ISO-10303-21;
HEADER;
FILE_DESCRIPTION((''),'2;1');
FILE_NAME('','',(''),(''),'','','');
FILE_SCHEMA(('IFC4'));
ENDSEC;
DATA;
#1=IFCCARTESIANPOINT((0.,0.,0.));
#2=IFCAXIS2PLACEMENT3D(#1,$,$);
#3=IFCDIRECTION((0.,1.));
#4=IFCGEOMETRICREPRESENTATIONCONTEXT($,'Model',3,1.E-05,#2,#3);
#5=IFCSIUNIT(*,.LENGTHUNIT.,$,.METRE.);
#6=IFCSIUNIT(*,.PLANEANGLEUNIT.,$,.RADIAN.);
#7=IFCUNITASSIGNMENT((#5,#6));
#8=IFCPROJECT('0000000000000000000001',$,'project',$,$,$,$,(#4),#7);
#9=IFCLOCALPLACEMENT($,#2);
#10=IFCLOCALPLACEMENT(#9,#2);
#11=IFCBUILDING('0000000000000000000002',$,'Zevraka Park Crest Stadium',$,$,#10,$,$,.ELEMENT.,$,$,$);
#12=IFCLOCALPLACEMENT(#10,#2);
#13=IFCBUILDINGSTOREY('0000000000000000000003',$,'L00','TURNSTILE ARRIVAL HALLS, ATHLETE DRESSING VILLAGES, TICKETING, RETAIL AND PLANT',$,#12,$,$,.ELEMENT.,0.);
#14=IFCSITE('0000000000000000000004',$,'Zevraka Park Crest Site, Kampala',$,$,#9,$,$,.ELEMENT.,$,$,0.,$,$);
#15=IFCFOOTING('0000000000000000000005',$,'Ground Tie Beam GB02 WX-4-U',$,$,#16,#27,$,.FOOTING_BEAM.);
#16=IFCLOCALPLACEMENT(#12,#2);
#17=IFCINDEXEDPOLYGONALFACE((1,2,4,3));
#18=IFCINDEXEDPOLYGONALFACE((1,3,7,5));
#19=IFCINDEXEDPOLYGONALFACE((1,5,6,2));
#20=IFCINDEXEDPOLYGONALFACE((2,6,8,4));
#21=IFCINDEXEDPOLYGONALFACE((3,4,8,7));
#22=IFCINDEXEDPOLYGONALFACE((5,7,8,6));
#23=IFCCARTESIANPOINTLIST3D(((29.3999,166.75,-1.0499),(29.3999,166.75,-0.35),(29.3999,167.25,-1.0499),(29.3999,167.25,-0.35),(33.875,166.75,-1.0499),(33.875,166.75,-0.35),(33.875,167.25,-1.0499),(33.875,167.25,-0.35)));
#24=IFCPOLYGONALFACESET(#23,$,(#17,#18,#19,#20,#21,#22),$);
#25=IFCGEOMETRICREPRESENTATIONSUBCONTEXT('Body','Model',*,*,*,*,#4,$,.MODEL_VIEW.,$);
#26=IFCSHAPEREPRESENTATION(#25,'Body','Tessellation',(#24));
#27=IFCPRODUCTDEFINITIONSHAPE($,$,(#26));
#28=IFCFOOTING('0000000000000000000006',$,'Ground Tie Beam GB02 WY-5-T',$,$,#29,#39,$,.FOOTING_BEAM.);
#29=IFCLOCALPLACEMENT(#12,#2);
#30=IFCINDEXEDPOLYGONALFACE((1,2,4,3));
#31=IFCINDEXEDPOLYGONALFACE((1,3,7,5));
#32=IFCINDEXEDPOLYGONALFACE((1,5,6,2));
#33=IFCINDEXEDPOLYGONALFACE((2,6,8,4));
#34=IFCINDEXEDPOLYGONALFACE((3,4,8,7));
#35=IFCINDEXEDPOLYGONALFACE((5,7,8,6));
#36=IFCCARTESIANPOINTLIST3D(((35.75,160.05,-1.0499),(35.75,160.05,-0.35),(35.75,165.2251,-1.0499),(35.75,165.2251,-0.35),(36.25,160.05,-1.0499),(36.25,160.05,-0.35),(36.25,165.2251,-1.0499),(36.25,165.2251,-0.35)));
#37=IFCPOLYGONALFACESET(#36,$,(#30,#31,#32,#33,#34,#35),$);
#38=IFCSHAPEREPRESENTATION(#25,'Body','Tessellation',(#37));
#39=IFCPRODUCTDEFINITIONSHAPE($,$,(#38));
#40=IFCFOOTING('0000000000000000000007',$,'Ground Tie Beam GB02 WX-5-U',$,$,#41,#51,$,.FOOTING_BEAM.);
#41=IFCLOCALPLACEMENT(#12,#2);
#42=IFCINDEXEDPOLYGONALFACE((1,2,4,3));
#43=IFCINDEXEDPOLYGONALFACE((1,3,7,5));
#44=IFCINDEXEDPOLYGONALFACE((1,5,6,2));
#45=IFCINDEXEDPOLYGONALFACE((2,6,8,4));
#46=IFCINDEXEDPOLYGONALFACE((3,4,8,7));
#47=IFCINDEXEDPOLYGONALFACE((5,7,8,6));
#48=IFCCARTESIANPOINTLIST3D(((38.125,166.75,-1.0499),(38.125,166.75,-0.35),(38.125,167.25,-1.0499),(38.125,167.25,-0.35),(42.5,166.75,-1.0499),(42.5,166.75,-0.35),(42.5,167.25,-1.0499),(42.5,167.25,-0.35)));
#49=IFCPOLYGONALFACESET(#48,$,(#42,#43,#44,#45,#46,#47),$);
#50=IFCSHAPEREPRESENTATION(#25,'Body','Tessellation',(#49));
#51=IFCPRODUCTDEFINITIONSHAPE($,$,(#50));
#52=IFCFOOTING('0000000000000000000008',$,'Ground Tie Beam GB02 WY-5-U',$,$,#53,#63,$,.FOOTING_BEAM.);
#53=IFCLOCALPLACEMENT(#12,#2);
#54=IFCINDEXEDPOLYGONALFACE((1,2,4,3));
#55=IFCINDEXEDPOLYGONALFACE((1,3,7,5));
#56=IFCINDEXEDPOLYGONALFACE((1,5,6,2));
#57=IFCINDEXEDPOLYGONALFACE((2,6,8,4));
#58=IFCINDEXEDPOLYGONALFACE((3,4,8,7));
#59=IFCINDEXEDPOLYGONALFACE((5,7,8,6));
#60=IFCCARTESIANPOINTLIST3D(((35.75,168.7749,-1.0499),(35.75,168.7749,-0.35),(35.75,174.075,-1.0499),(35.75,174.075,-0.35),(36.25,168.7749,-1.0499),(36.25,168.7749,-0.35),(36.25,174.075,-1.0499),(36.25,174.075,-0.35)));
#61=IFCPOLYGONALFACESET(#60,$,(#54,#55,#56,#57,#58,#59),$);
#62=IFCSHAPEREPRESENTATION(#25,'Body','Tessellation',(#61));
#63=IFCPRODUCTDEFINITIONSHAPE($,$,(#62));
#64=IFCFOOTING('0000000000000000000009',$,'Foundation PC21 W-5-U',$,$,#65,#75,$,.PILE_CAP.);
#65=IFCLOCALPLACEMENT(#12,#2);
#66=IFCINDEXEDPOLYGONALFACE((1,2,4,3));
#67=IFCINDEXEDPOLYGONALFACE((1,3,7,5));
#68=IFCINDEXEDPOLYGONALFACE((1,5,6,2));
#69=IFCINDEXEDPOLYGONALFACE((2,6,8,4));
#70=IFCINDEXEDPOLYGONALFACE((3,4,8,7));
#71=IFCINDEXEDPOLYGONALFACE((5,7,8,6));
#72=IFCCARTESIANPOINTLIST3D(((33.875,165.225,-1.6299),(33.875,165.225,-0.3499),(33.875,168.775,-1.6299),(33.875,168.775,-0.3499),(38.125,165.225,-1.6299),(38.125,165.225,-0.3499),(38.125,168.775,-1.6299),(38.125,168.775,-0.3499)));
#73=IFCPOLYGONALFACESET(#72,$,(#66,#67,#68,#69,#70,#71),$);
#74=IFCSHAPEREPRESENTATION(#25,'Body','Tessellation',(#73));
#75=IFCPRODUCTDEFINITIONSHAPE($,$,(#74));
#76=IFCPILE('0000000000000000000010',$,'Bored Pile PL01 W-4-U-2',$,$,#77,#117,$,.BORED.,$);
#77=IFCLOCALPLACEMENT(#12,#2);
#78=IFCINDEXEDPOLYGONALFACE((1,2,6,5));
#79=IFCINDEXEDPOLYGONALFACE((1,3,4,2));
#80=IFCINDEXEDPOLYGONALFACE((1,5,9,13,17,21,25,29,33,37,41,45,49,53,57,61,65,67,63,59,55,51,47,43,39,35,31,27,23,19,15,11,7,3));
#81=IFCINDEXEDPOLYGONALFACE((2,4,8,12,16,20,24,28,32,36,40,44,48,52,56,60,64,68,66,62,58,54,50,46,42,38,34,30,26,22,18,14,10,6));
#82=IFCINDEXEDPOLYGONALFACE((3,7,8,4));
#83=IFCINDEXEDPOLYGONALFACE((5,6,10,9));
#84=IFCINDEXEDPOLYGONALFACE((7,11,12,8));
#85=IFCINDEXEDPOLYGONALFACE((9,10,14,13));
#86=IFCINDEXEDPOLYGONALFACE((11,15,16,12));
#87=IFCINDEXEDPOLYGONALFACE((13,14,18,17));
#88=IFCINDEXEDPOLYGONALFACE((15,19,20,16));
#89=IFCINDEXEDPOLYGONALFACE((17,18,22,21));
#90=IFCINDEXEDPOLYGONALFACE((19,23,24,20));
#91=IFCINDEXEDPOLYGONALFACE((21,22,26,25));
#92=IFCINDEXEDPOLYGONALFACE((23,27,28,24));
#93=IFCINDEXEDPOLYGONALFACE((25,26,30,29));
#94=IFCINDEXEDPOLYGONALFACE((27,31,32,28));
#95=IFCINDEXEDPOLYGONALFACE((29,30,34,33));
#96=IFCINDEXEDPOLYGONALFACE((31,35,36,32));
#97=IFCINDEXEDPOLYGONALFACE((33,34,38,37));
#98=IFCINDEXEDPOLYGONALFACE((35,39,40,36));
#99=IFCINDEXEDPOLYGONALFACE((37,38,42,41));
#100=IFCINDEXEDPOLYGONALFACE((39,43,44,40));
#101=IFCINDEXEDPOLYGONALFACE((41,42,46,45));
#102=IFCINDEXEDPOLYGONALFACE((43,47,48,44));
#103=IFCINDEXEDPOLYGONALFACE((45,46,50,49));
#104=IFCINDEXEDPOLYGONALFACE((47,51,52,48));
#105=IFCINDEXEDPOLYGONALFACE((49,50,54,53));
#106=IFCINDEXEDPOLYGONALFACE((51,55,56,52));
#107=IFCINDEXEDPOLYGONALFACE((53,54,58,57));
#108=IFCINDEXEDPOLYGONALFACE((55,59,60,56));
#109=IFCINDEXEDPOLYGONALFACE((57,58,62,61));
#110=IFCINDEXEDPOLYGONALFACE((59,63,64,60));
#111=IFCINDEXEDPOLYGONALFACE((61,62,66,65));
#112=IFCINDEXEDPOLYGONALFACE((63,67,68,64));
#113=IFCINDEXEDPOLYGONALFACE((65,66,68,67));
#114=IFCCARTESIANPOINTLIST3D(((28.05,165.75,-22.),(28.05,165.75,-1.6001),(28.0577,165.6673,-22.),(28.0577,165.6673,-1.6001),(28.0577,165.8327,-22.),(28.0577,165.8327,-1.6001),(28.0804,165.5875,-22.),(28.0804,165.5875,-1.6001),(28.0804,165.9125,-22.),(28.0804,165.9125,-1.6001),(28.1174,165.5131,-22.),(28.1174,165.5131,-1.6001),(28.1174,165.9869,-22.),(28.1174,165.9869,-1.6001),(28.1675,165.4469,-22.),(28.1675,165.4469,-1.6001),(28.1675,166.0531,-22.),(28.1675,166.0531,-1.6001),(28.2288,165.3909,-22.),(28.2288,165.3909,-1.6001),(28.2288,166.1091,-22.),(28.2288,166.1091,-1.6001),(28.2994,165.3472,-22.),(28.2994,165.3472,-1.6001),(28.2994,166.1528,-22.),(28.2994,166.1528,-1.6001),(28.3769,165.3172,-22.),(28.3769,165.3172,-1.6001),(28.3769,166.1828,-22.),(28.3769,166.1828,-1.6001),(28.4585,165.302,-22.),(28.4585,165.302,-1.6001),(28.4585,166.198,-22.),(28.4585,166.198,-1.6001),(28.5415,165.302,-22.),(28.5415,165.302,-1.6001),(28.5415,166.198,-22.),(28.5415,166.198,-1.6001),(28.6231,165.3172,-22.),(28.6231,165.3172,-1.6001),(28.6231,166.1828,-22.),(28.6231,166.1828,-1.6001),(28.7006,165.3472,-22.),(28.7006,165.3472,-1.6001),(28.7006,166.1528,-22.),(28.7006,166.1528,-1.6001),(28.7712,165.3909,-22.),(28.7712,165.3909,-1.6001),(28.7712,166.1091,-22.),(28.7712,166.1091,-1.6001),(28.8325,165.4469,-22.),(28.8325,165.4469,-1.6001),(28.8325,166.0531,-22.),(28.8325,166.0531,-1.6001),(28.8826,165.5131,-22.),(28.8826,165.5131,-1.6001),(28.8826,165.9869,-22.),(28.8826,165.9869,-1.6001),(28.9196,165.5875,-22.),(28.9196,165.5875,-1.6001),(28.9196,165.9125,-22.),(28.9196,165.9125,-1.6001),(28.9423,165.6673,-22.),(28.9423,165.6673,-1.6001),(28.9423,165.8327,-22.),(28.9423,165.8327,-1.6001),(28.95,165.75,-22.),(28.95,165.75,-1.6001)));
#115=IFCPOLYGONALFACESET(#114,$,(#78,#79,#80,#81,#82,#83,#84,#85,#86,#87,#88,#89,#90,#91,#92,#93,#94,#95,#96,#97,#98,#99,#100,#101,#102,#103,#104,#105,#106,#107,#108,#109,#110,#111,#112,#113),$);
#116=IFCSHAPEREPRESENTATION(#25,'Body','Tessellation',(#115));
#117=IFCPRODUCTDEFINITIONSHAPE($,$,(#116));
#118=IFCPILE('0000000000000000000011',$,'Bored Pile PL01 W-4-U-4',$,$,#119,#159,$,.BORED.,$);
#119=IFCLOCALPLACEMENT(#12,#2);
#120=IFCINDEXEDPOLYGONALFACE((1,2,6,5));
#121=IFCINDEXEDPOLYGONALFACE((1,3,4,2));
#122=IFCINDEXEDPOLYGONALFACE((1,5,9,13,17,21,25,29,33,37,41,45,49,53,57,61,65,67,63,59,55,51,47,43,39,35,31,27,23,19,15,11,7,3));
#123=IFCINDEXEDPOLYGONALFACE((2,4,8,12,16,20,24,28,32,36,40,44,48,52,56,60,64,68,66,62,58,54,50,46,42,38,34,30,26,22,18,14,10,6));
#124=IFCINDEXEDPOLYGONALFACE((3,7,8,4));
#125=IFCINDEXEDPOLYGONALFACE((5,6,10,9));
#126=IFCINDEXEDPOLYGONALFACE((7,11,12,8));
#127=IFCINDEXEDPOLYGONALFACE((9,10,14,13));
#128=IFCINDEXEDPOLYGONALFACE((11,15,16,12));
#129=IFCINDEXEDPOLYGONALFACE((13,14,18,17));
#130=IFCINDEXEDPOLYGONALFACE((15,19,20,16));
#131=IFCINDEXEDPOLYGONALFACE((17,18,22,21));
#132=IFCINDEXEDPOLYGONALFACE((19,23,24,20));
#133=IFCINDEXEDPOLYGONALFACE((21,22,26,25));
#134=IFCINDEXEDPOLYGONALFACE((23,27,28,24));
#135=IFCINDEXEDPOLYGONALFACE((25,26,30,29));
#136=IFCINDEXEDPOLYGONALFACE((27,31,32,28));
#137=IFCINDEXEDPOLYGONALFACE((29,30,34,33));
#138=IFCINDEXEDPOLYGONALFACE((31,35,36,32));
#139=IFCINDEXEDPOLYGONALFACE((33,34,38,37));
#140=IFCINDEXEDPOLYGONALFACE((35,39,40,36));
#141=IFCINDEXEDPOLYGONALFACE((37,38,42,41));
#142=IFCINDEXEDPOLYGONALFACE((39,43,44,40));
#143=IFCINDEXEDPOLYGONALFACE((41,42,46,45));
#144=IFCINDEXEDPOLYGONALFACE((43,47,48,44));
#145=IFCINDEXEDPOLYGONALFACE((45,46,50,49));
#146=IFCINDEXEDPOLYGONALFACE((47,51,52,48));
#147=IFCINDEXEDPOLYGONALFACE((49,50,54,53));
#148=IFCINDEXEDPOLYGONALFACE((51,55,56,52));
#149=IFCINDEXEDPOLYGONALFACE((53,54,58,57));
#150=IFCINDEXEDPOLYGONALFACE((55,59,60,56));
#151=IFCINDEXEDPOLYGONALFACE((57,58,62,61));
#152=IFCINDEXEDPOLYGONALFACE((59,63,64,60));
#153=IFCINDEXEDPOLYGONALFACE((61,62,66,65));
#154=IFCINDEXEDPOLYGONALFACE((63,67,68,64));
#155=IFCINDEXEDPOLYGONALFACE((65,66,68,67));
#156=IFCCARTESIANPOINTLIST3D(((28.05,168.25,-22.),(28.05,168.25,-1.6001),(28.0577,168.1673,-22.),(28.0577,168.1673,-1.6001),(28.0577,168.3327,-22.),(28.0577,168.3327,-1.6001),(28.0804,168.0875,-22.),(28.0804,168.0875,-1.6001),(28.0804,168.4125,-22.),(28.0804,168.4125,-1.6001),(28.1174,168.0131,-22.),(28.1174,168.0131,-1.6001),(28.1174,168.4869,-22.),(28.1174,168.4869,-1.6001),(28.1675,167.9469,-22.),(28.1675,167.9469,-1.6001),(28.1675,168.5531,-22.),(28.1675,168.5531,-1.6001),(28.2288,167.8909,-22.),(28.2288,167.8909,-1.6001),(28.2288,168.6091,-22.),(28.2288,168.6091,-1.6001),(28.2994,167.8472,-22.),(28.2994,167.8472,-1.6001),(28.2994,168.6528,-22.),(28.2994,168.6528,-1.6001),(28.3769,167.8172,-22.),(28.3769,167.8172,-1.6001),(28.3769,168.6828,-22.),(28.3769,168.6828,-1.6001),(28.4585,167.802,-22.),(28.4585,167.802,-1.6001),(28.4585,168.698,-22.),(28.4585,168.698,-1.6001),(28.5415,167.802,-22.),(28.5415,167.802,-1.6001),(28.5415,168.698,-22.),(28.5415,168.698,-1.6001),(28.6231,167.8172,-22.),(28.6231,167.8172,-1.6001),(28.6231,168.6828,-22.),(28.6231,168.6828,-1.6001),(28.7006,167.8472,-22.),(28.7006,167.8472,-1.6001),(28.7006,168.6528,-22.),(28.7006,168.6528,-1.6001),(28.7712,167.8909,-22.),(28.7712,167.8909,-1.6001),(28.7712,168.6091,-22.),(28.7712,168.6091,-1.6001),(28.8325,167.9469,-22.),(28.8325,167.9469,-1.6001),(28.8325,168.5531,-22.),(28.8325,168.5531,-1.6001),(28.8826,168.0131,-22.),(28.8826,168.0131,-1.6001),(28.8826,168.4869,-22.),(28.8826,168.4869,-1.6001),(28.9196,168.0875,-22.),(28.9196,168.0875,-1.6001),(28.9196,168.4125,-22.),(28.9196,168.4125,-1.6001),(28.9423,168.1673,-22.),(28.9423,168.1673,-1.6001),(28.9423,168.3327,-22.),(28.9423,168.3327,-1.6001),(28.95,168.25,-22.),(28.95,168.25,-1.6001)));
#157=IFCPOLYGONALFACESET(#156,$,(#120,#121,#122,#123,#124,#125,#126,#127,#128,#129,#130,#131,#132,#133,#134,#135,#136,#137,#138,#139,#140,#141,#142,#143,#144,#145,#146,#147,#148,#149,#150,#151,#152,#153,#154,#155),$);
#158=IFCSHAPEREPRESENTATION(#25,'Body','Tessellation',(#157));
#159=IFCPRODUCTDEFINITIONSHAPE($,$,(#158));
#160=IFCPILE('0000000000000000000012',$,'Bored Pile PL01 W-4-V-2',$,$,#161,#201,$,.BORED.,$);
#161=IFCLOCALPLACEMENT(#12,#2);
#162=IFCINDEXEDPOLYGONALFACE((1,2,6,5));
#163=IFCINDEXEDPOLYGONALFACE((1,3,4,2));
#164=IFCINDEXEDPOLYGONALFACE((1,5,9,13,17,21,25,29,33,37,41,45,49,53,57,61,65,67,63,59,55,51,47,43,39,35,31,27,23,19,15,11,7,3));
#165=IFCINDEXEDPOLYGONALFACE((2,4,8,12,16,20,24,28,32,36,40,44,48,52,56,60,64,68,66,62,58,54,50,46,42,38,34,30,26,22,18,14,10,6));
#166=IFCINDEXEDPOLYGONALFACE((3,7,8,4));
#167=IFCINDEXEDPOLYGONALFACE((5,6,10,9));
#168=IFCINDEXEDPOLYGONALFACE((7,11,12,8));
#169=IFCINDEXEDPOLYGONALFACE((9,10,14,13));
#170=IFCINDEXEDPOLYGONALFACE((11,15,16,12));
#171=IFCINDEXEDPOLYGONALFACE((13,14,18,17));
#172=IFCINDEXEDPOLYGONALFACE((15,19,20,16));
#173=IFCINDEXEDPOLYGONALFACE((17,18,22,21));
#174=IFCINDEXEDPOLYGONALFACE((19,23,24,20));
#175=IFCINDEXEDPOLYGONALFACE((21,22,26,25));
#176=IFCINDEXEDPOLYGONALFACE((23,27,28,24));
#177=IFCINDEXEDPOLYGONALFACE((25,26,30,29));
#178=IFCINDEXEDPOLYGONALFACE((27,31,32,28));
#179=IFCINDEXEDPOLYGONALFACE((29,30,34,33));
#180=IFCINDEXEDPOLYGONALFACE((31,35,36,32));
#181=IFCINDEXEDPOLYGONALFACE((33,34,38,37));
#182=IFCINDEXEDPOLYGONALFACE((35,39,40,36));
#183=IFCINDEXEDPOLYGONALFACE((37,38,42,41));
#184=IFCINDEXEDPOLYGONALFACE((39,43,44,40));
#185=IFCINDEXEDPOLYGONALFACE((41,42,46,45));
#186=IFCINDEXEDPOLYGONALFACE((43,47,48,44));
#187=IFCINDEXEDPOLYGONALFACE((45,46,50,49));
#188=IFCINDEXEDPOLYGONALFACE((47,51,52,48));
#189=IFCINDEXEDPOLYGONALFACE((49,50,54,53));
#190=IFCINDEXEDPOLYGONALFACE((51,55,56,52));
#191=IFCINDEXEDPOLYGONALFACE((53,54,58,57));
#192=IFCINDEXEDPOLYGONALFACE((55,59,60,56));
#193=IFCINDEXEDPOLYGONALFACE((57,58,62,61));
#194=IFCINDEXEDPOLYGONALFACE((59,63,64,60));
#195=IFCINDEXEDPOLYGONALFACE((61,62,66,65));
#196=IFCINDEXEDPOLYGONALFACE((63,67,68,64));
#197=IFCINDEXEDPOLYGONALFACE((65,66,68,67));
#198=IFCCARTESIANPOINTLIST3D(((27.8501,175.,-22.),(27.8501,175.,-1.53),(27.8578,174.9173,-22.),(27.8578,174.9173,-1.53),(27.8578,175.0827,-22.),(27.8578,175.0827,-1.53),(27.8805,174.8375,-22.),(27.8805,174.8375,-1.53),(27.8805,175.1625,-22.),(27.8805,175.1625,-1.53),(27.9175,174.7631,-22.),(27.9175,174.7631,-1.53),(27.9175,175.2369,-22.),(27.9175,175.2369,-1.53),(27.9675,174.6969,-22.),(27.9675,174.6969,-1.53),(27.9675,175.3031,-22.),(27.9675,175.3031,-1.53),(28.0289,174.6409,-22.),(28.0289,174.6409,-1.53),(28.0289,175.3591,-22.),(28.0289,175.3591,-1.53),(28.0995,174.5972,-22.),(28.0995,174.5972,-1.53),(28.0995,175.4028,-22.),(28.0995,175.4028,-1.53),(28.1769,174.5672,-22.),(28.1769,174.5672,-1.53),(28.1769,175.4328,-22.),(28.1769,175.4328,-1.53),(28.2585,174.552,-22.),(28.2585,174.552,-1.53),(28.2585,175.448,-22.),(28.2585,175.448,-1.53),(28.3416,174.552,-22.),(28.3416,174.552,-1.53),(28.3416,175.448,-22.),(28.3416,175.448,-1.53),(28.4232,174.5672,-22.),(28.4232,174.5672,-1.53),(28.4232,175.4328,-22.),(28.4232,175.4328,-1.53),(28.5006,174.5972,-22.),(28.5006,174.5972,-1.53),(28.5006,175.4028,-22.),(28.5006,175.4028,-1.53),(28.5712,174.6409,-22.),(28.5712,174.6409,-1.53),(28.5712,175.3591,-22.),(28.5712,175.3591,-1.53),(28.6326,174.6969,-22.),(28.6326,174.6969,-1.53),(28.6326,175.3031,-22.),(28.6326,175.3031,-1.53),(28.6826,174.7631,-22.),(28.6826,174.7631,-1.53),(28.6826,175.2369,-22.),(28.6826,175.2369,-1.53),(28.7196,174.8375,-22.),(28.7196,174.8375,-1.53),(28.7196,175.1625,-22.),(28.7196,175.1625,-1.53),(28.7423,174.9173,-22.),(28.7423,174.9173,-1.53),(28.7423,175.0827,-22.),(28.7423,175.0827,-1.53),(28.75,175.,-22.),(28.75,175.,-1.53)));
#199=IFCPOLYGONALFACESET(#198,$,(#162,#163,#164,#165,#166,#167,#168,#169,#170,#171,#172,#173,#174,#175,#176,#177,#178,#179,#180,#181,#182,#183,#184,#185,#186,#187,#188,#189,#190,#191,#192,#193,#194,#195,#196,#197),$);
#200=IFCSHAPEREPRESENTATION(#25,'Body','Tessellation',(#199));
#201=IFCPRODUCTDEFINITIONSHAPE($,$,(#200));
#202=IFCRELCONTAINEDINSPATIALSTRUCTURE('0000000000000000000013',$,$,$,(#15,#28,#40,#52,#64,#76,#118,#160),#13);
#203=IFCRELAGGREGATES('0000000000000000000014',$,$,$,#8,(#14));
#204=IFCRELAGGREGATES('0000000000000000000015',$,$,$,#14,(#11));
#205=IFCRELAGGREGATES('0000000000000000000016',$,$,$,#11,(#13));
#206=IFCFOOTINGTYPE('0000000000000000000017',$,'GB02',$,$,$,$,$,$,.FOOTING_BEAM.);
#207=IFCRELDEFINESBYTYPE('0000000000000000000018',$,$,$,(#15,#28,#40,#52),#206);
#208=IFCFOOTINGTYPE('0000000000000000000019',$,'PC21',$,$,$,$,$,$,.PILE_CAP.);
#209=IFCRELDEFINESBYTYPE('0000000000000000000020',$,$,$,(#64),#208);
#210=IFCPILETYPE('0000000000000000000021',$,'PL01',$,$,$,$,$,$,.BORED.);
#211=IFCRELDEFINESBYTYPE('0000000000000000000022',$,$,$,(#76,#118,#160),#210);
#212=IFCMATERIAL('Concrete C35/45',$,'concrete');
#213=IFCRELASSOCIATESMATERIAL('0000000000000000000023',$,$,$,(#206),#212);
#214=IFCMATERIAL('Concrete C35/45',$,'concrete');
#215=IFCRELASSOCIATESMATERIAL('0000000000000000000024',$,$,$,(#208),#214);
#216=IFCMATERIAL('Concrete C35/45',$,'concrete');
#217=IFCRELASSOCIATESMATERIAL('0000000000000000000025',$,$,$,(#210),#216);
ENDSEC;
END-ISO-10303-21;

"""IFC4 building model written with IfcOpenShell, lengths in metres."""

from ifc_helpers import new_model, si_unit, direction, frame, origin, origin_2d, place, context, subcontext, project, spatial, rectangle, circle, extrude, material, material_profile, profile_set, type_object, element, save


model = new_model("IFC4")

# Units and contexts
model_context = context("Model", 3, precision=1e-05, world=origin(), true_north=direction((0.0, 1.0)))
body_context = subcontext(model_context, "Body", "Model", "MODEL_VIEW")
ifc_project = project(units=[si_unit("LENGTHUNIT", "METRE"), si_unit("PLANEANGLEUNIT", "RADIAN")], contexts=[model_context])

# Site, building, storey
site_placement = place(None, origin())
site = spatial("IfcSite", under=ifc_project, at=site_placement, Name="Zevraka Park Crest Site, Kampala", CompositionType="ELEMENT", RefElevation=0.0)
building_placement = place(site_placement, origin())
building = spatial("IfcBuilding", under=site, at=building_placement, Name="Zevraka Park Crest Stadium", CompositionType="ELEMENT")
storey_placement = place(building_placement, origin())
storey = spatial("IfcBuildingStorey", under=building, at=storey_placement, Name="L00", Description="TURNSTILE ARRIVAL HALLS, ATHLETE DRESSING VILLAGES, TICKETING, RETAIL AND PLANT", CompositionType="ELEMENT", Elevation=0.0)

# Footings
ifc_material_1 = material(Name="Concrete C35/45", Category="concrete")
ifc_material_profile_1 = material_profile(ifc_material_1, rectangle(XDim=0.5, YDim=0.7, at=origin_2d()), Name="GB 700x500")
ifc_profile_set_1 = profile_set([ifc_material_profile_1], Name="Concrete C35/45")
footing_type_1 = type_object("IfcFootingType", Name="GB02", PredefinedType="FOOTING_BEAM", material=ifc_profile_set_1)
footing_1_placement = place(storey_placement, frame((29.3999, 167.0, -0.7), z_axis=(1.0, 0.0, 0.0), x_axis=(0.0, 1.0, 0.0)))
element("IfcFooting", 1, at=footing_1_placement, inside=storey, type_object=footing_type_1, Name="Ground Tie Beam GB02 WX-4-U", PredefinedType="FOOTING_BEAM", context=body_context, shape_type="SweptSolid", body=[
    extrude(rectangle(XDim=0.5, YDim=0.7, at=origin_2d()), origin(), (0.0, 0.0, 1.0), 4.4751),
])
footing_2_placement = place(storey_placement, frame((36.0, 160.05, -0.7), z_axis=(0.0, 1.0, 0.0), x_axis=(-1.0, 0.0, 0.0)))
element("IfcFooting", 2, at=footing_2_placement, inside=storey, type_object=footing_type_1, Name="Ground Tie Beam GB02 WY-5-T", PredefinedType="FOOTING_BEAM", context=body_context, shape_type="SweptSolid", body=[
    extrude(rectangle(XDim=0.5, YDim=0.7, at=origin_2d()), origin(), (0.0, 0.0, 1.0), 5.175),
])
footing_3_placement = place(storey_placement, frame((38.125, 167.0, -0.7), z_axis=(1.0, 0.0, 0.0), x_axis=(0.0, 1.0, 0.0)))
element("IfcFooting", 3, at=footing_3_placement, inside=storey, type_object=footing_type_1, Name="Ground Tie Beam GB02 WX-5-U", PredefinedType="FOOTING_BEAM", context=body_context, shape_type="SweptSolid", body=[
    extrude(rectangle(XDim=0.5, YDim=0.7, at=origin_2d()), origin(), (0.0, 0.0, 1.0), 4.375),
])
footing_4_placement = place(storey_placement, frame((36.0, 168.7749, -0.7), z_axis=(0.0, 1.0, 0.0), x_axis=(-1.0, 0.0, 0.0)))
element("IfcFooting", 4, at=footing_4_placement, inside=storey, type_object=footing_type_1, Name="Ground Tie Beam GB02 WY-5-U", PredefinedType="FOOTING_BEAM", context=body_context, shape_type="SweptSolid", body=[
    extrude(rectangle(XDim=0.5, YDim=0.7, at=origin_2d()), origin(), (0.0, 0.0, 1.0), 5.3),
])
ifc_material_2 = material(Name="Concrete C35/45", Category="concrete")
footing_type_2 = type_object("IfcFootingType", Name="PC21", PredefinedType="PILE_CAP", material=ifc_material_2)
footing_5_placement = place(storey_placement, frame((36.0, 167.0, -1.6299), z_axis=(0.0, 0.0, 1.0), x_axis=(1.0, 0.0, 0.0)))
element("IfcFooting", 5, at=footing_5_placement, inside=storey, type_object=footing_type_2, Name="Foundation PC21 W-5-U", PredefinedType="PILE_CAP", context=body_context, shape_type="SweptSolid", body=[
    extrude(rectangle(XDim=4.25, YDim=3.55, at=origin_2d()), origin(), (0.0, 0.0, 1.0), 1.28),
])

# Piles
ifc_material_3 = material(Name="Concrete C35/45", Category="concrete")
ifc_material_profile_2 = material_profile(ifc_material_3, circle(Radius=0.45, at=origin_2d()), Name="PILE D900")
ifc_profile_set_2 = profile_set([ifc_material_profile_2], Name="Concrete C35/45")
pile_type_1 = type_object("IfcPileType", Name="PL01", PredefinedType="BORED", material=ifc_profile_set_2)
for number, where, z_axis, x_axis, name in (
    (6, (28.5, 165.75, -1.6001), (0.0, 0.0, -1.0), (1.0, 0.0, 0.0), "Bored Pile PL01 W-4-U-2"),
    (7, (28.5, 168.25, -1.6001), (0.0, 0.0, -1.0), (1.0, 0.0, 0.0), "Bored Pile PL01 W-4-U-4"),
):
    element("IfcPile", number, at=place(storey_placement, frame(where, z_axis=z_axis, x_axis=x_axis)), inside=storey, type_object=pile_type_1, Name=name, PredefinedType="BORED", context=body_context, shape_type="SweptSolid", body=[
        extrude(circle(Radius=0.45, at=origin_2d()), origin(), (0.0, 0.0, 1.0), 20.3999),
    ])
pile_1_placement = place(storey_placement, frame((28.3, 175.0, -1.53), z_axis=(0.0, 0.0, -1.0), x_axis=(1.0, 0.0, 0.0)))
element("IfcPile", 8, at=pile_1_placement, inside=storey, type_object=pile_type_1, Name="Bored Pile PL01 W-4-V-2", PredefinedType="BORED", context=body_context, shape_type="SweptSolid", body=[
    extrude(circle(Radius=0.45, at=origin_2d()), origin(), (0.0, 0.0, 1.0), 20.47),
])

save(model, "model.ifc")
